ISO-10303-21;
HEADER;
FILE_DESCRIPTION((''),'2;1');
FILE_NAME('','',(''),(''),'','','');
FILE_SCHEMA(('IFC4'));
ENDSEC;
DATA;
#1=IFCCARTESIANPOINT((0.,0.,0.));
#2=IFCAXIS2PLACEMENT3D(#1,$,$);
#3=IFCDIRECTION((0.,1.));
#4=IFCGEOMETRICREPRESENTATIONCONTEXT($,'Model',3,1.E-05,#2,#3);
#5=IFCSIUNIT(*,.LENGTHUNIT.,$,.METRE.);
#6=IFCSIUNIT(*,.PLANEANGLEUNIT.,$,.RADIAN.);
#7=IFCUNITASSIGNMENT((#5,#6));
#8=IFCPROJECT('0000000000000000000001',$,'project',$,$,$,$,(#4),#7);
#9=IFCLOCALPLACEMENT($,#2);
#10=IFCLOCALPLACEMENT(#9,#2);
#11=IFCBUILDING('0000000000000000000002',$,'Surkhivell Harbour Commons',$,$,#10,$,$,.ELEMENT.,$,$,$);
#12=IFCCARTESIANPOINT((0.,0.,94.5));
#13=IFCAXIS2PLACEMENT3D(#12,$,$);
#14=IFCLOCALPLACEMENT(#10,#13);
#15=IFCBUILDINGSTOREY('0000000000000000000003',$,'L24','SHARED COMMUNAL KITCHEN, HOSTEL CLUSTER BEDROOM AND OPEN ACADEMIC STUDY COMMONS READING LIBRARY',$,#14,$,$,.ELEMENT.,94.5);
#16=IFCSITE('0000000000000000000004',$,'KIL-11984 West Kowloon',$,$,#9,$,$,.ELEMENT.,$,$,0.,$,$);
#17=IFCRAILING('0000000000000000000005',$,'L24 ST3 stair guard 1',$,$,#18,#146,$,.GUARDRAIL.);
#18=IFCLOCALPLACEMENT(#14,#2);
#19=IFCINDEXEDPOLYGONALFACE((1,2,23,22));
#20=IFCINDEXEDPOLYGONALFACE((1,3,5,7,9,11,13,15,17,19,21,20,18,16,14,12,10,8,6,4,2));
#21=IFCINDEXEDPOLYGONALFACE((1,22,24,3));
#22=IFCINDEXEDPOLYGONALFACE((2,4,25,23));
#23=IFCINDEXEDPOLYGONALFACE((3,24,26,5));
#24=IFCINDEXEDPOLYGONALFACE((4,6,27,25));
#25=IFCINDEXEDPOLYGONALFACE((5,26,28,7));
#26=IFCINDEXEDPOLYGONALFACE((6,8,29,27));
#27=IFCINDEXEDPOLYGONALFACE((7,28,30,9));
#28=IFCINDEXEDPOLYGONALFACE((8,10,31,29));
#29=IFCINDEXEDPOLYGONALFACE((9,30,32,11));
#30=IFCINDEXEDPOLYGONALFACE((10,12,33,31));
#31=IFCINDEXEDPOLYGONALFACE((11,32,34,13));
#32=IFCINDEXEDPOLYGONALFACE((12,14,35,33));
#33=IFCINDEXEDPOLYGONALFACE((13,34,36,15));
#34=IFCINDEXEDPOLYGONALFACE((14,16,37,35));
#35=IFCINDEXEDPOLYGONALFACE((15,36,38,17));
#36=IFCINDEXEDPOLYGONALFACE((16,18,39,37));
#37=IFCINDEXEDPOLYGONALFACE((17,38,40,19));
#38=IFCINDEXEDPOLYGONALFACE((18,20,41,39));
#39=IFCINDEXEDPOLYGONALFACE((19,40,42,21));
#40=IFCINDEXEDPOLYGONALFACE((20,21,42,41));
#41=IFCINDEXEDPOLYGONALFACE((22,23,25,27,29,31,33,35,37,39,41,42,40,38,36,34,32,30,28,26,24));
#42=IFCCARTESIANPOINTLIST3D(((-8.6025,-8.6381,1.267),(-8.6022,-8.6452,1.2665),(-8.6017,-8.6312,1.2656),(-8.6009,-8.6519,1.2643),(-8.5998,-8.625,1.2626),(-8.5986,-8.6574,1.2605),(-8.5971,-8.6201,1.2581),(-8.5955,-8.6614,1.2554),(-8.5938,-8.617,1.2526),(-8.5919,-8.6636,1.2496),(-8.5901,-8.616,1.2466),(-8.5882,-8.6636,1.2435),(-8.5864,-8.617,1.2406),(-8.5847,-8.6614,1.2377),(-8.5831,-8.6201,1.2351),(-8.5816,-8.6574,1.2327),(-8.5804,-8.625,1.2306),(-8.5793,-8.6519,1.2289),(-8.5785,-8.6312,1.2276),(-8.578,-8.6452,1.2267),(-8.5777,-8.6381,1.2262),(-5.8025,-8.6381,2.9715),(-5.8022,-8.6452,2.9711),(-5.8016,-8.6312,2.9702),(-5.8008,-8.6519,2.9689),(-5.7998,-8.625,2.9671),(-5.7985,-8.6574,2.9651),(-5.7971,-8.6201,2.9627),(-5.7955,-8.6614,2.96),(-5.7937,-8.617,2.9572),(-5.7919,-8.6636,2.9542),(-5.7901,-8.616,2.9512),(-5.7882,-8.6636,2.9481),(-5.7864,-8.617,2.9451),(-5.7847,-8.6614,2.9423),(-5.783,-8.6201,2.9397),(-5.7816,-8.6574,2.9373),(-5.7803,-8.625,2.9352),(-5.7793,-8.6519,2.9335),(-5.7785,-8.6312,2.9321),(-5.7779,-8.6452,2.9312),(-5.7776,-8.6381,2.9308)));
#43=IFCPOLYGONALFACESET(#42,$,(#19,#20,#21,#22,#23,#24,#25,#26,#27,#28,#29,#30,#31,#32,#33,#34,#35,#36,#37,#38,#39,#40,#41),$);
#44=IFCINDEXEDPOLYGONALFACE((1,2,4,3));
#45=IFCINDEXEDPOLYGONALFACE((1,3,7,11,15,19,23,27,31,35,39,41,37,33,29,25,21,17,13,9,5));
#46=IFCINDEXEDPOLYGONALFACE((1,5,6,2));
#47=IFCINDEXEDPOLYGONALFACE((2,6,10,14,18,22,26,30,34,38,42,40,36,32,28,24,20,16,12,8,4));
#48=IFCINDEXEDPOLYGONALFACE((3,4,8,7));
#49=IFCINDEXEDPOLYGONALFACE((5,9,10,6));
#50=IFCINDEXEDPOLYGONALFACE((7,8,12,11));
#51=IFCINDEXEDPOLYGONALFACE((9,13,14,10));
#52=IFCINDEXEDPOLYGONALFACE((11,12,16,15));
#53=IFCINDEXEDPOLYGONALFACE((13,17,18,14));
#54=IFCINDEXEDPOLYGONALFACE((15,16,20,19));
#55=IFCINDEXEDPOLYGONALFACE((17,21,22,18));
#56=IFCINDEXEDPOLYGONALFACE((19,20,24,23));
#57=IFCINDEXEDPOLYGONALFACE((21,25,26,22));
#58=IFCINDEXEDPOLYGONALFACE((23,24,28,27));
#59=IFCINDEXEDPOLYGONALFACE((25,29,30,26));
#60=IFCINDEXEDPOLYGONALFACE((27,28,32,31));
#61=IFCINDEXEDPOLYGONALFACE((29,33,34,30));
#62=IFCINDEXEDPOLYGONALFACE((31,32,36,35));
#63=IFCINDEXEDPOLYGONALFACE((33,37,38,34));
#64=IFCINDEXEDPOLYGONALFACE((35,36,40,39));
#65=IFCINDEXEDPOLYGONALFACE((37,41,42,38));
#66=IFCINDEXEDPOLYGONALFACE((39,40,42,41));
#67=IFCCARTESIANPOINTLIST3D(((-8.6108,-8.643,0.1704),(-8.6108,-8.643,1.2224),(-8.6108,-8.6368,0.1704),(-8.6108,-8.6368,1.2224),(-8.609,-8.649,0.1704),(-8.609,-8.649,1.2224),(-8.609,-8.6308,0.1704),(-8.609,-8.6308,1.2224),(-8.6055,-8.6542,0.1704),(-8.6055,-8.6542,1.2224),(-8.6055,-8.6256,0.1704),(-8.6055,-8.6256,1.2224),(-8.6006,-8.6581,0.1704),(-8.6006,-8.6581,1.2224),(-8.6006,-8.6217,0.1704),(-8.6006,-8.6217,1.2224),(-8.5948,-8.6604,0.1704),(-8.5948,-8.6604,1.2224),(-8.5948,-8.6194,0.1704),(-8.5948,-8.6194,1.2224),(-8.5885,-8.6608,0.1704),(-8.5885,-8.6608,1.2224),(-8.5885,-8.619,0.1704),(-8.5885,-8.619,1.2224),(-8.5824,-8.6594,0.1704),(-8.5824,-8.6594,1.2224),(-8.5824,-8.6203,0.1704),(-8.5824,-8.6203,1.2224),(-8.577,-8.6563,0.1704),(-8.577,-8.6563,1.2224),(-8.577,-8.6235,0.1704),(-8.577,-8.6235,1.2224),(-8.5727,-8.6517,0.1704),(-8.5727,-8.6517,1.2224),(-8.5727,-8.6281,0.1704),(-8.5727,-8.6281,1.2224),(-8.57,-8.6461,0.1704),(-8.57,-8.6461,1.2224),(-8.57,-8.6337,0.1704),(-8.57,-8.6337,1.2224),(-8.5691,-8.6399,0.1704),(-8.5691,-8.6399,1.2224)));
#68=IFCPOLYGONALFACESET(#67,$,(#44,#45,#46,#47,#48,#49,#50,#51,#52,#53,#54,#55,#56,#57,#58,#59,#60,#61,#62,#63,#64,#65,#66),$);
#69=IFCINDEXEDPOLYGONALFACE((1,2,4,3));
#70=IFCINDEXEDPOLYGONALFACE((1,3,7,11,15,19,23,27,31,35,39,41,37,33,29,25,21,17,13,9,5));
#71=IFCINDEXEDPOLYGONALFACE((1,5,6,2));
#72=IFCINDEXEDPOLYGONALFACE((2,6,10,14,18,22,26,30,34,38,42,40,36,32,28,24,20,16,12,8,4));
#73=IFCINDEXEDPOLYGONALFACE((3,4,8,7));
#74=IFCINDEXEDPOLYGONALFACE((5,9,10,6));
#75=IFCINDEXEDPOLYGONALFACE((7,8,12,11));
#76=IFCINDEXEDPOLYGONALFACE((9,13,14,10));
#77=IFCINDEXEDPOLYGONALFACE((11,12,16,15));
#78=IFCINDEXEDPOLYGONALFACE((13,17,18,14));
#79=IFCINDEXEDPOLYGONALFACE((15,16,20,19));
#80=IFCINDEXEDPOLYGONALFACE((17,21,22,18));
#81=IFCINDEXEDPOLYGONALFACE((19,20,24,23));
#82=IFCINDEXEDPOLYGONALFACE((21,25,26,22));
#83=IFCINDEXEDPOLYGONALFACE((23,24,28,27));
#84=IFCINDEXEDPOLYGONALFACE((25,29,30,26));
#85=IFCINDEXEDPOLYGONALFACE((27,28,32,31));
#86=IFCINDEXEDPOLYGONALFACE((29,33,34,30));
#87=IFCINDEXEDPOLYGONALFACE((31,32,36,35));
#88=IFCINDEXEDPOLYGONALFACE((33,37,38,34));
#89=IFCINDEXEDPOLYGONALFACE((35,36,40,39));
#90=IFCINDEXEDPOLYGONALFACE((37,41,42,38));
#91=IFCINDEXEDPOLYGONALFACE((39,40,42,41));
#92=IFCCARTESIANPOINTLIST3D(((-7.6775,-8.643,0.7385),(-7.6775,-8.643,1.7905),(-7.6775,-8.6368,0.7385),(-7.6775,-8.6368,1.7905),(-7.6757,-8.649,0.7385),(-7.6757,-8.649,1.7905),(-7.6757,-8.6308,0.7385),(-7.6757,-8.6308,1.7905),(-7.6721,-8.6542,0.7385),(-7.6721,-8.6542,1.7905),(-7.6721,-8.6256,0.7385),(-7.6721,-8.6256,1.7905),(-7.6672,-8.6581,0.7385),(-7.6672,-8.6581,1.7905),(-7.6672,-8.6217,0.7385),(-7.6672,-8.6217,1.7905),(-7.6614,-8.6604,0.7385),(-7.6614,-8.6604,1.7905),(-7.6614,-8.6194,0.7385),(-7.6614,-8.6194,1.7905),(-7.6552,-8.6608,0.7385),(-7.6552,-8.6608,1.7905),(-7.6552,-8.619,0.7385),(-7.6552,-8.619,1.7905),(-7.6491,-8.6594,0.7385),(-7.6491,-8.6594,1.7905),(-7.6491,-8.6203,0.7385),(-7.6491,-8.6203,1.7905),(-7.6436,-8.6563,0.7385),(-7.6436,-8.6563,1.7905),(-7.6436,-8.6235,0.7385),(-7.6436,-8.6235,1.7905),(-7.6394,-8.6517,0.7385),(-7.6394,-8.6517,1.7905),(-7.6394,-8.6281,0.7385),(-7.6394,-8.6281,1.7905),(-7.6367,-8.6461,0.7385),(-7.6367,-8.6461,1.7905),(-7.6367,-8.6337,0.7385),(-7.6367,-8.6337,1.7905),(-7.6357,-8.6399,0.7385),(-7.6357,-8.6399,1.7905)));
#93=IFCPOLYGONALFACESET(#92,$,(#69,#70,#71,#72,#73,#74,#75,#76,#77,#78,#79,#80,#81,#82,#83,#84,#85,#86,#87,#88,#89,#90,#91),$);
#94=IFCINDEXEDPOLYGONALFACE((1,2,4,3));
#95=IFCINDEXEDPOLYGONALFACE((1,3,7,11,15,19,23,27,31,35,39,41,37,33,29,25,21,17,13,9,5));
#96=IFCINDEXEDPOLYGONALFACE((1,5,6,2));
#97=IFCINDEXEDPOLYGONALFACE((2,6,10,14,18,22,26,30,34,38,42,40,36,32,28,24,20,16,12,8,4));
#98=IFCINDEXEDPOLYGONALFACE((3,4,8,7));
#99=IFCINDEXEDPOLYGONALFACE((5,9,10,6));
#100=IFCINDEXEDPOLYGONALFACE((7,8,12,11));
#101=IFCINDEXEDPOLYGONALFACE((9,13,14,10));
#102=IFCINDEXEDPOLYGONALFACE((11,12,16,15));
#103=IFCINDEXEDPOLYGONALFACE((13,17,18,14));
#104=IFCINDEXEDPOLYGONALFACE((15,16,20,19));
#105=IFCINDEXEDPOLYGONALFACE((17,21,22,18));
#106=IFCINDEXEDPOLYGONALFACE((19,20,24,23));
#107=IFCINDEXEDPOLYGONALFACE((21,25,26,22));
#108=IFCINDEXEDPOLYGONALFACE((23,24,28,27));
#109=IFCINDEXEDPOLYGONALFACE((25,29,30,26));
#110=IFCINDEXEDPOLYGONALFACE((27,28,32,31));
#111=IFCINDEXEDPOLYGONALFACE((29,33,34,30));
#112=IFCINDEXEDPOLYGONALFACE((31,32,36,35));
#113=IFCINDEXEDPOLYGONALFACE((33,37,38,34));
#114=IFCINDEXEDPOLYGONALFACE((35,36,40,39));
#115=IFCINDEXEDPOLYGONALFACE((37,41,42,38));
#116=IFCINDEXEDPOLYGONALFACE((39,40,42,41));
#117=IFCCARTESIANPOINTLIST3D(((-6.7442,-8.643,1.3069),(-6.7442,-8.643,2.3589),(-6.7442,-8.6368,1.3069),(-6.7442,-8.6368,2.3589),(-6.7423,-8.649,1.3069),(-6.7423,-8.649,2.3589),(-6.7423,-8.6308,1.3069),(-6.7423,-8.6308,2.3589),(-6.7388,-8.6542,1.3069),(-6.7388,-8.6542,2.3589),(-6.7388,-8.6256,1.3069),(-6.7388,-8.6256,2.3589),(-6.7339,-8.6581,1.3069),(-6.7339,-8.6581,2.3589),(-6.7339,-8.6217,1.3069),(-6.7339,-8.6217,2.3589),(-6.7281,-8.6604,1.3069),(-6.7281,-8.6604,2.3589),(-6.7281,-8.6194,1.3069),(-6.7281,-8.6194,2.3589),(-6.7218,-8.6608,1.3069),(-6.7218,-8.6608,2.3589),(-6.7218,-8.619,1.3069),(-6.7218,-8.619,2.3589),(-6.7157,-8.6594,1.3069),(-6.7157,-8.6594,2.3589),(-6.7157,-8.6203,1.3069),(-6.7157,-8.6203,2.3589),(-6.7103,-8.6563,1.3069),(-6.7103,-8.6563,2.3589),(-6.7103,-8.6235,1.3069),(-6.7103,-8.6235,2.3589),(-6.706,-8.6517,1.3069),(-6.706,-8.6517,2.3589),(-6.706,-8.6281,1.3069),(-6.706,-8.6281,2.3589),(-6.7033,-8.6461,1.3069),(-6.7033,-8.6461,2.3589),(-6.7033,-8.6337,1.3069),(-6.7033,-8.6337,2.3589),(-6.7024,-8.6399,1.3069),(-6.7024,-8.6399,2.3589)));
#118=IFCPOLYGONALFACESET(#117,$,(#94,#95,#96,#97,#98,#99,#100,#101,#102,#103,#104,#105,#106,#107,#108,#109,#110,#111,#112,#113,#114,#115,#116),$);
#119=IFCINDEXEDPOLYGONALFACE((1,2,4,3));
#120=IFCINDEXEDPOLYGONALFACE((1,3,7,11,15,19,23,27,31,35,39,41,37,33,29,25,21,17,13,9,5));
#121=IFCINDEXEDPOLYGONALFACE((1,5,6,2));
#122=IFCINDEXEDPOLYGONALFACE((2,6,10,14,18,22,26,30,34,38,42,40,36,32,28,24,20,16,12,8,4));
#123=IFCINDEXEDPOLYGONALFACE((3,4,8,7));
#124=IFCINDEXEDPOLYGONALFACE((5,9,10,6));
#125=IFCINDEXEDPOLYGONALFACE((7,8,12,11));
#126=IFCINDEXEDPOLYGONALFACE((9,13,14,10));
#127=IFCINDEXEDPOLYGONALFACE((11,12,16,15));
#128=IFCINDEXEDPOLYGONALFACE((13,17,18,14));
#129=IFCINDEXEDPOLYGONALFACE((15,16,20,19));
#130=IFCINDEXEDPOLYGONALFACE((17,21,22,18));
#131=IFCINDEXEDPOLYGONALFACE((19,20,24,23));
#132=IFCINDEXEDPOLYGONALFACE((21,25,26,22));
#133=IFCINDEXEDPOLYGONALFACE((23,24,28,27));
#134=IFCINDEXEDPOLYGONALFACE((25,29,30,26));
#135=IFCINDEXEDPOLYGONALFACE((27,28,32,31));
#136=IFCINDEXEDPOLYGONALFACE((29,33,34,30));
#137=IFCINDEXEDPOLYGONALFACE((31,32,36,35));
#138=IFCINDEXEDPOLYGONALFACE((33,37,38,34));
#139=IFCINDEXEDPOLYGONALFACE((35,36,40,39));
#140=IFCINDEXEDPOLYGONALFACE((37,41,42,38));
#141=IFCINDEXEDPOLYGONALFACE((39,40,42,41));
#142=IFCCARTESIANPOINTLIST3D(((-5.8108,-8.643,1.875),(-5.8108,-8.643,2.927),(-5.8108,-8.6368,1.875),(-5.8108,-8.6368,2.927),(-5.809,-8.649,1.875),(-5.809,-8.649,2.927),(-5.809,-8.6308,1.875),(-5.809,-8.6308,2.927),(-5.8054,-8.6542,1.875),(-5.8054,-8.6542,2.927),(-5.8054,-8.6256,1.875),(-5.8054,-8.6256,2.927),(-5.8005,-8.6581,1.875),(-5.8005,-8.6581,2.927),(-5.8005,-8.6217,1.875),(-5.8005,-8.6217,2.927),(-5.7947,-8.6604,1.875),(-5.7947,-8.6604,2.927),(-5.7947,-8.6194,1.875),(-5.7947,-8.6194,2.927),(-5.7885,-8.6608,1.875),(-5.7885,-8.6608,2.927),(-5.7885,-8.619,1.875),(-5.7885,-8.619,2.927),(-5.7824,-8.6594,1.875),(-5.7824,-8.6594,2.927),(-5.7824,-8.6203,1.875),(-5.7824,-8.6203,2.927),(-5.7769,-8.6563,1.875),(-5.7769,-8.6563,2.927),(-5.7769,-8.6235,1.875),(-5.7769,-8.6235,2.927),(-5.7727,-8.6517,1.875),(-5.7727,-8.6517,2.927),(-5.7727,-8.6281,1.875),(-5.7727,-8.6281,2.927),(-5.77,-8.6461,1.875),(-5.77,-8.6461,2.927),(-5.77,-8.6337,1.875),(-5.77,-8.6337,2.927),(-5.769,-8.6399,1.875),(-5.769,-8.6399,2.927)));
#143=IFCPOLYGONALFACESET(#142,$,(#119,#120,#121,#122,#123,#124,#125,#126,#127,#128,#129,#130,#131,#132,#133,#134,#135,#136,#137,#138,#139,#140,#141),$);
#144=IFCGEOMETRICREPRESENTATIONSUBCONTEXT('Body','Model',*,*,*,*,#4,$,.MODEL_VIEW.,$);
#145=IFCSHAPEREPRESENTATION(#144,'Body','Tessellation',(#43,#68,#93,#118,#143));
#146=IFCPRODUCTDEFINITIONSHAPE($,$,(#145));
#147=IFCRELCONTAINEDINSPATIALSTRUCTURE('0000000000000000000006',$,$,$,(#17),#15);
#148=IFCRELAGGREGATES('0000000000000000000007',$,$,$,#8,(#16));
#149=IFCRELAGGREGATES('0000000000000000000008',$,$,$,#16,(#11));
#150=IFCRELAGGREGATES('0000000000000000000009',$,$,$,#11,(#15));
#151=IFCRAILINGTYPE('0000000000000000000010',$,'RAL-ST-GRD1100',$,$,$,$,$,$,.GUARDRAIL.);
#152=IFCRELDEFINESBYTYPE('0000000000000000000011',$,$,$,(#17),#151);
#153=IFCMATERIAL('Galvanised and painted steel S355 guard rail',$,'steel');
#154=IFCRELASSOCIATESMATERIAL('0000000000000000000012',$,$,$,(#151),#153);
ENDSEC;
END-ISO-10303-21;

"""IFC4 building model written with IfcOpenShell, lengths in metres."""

from ifc_helpers import new_model, si_unit, direction, frame, origin, origin_2d, place, context, subcontext, project, spatial, circle, extrude, material, type_object, element, save


model = new_model("IFC4")

# Units and contexts
model_context = context("Model", 3, precision=1e-05, world=origin(), true_north=direction((0.0, 1.0)))
body_context = subcontext(model_context, "Body", "Model", "MODEL_VIEW")
ifc_project = project(units=[si_unit("LENGTHUNIT", "METRE"), si_unit("PLANEANGLEUNIT", "RADIAN")], contexts=[model_context])

# Site, building, storey
site_placement = place(None, origin())
site = spatial("IfcSite", under=ifc_project, at=site_placement, Name="KIL-11984 West Kowloon", CompositionType="ELEMENT", RefElevation=0.0)
building_placement = place(site_placement, origin())
building = spatial("IfcBuilding", under=site, at=building_placement, Name="Surkhivell Harbour Commons", CompositionType="ELEMENT")
storey_placement = place(building_placement, frame((0.0, 0.0, 94.5)))
storey = spatial("IfcBuildingStorey", under=building, at=storey_placement, Name="L24", Description="SHARED COMMUNAL KITCHEN, HOSTEL CLUSTER BEDROOM AND OPEN ACADEMIC STUDY COMMONS READING LIBRARY", CompositionType="ELEMENT", Elevation=94.5)

# Railing
ifc_material_1 = material(Name="Galvanised and painted steel S355 guard rail", Category="steel")
railing_type_1 = type_object("IfcRailingType", Name="RAL-ST-GRD1100", PredefinedType="GUARDRAIL", material=ifc_material_1)
railing_1_placement = place(storey_placement, frame((-8.5901, -8.6399, 0.1704)))
element("IfcRailing", 1, at=railing_1_placement, inside=storey, type_object=railing_type_1, Name="L24 ST3 stair guard 1", PredefinedType="GUARDRAIL", context=body_context, shape_type="SweptSolid", body=[
    extrude(circle(Radius=0.0239, at=origin_2d()), frame((0.0, 0.0, 1.0762), z_axis=(0.85417, 0.0, 0.519994), x_axis=(0.0, 1.0, 0.0)), (0.0, 0.0, 1.0), 3.2781),
    extrude(circle(Radius=0.021, at=origin_2d()), origin(), (0.0, 0.0, 1.0), 1.052),
    extrude(circle(Radius=0.021, at=origin_2d()), frame((0.9333, 0.0, 0.5681)), (0.0, 0.0, 1.0), 1.052),
    extrude(circle(Radius=0.021, at=origin_2d()), frame((1.8667, 0.0, 1.1365)), (0.0, 0.0, 1.0), 1.052),
    extrude(circle(Radius=0.021, at=origin_2d()), frame((2.8, 0.0, 1.7046)), (0.0, 0.0, 1.0), 1.052),
])

save(model, "model.ifc")
